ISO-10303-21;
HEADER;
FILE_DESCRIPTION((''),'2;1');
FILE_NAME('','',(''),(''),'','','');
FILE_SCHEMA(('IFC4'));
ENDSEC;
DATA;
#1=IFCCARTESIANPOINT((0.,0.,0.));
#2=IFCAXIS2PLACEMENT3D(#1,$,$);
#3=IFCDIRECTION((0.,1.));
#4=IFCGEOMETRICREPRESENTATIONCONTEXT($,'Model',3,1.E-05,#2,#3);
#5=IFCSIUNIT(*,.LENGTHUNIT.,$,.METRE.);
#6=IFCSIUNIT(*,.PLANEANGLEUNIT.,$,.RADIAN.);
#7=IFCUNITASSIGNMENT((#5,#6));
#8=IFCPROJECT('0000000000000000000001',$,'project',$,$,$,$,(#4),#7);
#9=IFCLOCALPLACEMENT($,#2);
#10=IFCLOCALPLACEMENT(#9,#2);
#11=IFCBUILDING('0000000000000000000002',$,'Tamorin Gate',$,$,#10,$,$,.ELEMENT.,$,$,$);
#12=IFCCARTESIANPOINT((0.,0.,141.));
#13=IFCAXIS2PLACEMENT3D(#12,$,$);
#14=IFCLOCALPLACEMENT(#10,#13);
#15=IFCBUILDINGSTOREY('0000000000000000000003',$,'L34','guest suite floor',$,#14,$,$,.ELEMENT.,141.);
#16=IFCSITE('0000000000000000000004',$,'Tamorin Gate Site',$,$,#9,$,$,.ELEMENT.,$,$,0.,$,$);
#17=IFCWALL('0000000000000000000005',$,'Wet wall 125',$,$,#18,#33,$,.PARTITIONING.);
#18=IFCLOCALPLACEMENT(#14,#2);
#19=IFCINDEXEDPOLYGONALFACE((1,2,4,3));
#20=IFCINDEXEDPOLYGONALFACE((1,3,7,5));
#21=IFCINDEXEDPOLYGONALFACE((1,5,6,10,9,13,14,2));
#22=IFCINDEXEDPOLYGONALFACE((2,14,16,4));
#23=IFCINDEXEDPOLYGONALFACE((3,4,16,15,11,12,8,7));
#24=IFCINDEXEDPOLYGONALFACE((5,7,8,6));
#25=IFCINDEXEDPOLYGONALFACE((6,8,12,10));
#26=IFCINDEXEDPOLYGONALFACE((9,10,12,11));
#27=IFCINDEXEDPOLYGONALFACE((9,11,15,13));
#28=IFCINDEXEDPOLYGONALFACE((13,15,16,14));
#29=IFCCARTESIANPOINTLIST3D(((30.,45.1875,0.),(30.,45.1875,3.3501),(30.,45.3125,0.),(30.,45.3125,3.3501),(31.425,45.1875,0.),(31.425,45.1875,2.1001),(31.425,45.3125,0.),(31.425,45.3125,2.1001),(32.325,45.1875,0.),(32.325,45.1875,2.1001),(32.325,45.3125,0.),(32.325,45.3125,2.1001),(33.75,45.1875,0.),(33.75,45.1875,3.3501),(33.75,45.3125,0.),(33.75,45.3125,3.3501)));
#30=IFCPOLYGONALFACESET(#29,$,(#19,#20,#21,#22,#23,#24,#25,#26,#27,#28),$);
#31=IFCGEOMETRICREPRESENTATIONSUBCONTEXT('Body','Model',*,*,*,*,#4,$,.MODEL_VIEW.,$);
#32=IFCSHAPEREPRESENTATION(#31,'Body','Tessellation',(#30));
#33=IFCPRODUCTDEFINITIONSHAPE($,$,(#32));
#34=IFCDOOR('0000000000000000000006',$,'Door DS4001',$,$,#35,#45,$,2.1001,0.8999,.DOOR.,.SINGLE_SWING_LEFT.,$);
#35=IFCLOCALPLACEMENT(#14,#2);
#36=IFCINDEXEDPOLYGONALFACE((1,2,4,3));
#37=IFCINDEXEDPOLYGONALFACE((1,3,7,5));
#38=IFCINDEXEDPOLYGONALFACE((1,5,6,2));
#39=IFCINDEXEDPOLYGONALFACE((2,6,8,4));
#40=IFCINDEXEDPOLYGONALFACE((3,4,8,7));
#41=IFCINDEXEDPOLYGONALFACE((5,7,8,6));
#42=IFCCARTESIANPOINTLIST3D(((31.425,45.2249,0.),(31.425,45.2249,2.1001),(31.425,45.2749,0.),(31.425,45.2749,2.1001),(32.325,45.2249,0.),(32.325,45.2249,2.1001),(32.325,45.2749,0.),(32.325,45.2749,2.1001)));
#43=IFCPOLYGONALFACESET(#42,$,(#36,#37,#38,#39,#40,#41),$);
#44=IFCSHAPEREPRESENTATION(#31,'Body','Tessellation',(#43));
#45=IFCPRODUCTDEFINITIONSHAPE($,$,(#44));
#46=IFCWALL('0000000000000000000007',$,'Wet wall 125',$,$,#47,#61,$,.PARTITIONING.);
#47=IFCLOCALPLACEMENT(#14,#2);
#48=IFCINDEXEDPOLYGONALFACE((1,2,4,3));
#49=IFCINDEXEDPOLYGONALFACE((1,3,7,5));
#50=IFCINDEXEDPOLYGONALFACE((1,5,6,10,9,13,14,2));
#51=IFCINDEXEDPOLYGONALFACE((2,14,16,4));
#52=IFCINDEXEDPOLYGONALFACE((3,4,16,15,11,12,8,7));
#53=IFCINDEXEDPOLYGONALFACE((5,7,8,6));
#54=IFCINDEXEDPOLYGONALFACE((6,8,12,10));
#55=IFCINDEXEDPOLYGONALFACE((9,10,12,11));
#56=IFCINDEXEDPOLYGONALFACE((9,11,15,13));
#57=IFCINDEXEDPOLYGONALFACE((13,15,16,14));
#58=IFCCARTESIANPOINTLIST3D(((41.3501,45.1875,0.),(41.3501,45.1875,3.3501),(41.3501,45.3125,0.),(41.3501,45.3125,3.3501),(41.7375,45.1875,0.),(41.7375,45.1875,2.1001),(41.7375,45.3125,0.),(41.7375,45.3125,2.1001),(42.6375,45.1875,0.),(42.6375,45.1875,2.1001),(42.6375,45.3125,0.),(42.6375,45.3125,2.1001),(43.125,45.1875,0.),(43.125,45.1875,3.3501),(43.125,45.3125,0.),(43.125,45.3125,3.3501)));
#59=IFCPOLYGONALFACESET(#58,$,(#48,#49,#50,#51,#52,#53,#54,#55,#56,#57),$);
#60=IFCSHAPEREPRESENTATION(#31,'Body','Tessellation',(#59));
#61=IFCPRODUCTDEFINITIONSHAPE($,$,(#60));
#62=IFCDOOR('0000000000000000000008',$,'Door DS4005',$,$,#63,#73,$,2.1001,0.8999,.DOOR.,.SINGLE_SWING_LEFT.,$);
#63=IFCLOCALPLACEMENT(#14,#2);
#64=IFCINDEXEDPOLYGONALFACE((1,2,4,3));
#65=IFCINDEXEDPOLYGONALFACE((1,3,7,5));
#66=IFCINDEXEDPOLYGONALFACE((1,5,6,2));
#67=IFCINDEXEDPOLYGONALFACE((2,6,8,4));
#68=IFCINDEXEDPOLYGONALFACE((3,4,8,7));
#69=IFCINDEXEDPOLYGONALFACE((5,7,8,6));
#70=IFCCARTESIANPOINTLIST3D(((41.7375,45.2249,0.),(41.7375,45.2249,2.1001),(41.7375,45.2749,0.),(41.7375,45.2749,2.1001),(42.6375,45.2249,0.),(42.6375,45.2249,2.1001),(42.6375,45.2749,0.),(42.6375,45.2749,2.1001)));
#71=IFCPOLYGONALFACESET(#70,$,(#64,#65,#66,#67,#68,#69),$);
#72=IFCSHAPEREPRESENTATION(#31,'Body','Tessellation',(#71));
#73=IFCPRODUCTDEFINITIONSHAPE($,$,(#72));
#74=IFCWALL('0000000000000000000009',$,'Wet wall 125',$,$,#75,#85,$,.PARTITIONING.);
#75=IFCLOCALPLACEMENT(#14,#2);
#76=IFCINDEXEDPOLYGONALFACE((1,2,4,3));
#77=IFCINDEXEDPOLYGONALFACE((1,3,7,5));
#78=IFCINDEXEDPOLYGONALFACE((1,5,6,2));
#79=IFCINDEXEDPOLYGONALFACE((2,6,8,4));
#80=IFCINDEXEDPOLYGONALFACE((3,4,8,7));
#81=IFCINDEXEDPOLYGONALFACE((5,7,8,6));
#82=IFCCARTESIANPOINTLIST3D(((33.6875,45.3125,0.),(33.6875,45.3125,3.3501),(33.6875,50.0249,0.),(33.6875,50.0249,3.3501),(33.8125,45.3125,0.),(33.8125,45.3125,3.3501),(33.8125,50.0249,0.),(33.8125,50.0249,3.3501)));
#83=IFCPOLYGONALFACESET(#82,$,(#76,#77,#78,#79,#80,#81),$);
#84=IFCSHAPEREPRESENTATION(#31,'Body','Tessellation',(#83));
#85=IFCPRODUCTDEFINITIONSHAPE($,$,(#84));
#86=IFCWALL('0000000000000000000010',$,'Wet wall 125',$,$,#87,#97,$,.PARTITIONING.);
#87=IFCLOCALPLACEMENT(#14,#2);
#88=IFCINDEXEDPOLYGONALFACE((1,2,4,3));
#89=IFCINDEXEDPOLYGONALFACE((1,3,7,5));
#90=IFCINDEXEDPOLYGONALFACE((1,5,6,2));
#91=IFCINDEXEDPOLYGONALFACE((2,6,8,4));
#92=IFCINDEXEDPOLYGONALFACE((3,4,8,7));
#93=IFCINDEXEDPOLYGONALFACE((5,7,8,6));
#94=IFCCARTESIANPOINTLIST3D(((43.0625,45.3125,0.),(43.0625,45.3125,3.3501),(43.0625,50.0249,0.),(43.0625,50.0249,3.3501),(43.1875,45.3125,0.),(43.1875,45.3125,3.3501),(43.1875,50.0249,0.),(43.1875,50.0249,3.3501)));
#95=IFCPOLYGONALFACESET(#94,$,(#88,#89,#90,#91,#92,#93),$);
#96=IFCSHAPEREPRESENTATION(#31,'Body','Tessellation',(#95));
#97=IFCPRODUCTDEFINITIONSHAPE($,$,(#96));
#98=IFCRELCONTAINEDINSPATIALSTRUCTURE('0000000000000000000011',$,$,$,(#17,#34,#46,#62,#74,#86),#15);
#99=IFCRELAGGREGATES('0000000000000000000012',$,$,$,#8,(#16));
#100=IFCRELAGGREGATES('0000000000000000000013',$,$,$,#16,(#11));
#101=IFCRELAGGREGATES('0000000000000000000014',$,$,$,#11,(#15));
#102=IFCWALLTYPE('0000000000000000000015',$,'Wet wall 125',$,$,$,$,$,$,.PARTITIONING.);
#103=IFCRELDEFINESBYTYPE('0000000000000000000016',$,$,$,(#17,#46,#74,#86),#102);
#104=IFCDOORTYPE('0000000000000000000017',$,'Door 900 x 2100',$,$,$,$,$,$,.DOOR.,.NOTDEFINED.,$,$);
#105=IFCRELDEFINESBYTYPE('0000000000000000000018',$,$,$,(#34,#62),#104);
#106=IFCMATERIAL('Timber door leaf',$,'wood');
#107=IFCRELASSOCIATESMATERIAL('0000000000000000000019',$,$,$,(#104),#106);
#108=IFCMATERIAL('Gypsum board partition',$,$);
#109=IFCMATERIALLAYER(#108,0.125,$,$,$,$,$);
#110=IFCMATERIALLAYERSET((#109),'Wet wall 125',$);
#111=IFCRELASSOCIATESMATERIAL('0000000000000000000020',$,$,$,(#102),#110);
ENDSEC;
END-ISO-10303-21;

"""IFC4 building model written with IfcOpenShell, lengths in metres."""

from ifc_helpers import new_model, si_unit, direction, frame, frame_2d, origin, place, context, subcontext, project, spatial, rectangle, extrude, material, layer, layer_set, type_object, element, fill, save


model = new_model("IFC4")

# Units and contexts
model_context = context("Model", 3, precision=1e-05, world=origin(), true_north=direction((0.0, 1.0)))
body_context = subcontext(model_context, "Body", "Model", "MODEL_VIEW")
ifc_project = project(units=[si_unit("LENGTHUNIT", "METRE"), si_unit("PLANEANGLEUNIT", "RADIAN")], contexts=[model_context])

# Site, building, storey
site_placement = place(None, origin())
site = spatial("IfcSite", under=ifc_project, at=site_placement, Name="Tamorin Gate Site", CompositionType="ELEMENT", RefElevation=0.0)
building_placement = place(site_placement, origin())
building = spatial("IfcBuilding", under=site, at=building_placement, Name="Tamorin Gate", CompositionType="ELEMENT")
storey_placement = place(building_placement, frame((0.0, 0.0, 141.0)))
storey = spatial("IfcBuildingStorey", under=building, at=storey_placement, Name="L34", Description="guest suite floor", CompositionType="ELEMENT", Elevation=141.0)

# Walls, openings, doors
ifc_material_1 = material(Name="Gypsum board partition")
ifc_material_2 = material(Name="Timber door leaf", Category="wood")
door_type = type_object("IfcDoorType", Name="Door 900 x 2100", OperationType="NOTDEFINED", PredefinedType="DOOR", material=ifc_material_2)
ifc_layer_1 = layer(ifc_material_1, 0.125)
ifc_layer_set_1 = layer_set([ifc_layer_1], Name="Wet wall 125")
wall_type_1 = type_object("IfcWallType", Name="Wet wall 125", PredefinedType="PARTITIONING", material=ifc_layer_set_1)
wall_1_placement = place(storey_placement, frame((30.0, 45.25, 0.0), z_axis=(0.0, 0.0, 1.0), x_axis=(1.0, 0.0, 0.0)))
wall_1 = element("IfcWall", 1, at=wall_1_placement, inside=storey, type_object=wall_type_1, Name="Wet wall 125", PredefinedType="PARTITIONING", context=body_context, shape_type="SweptSolid", body=[
    extrude(rectangle(XDim=3.75, YDim=0.125, at=frame_2d((1.875, 0.0))), origin(), (0.0, 0.0, 1.0), 3.3501),
])
opening_1_placement = place(wall_1_placement, frame((1.425, 0.0, 0.0)))
opening_1 = element("IfcOpeningElement", 2, at=opening_1_placement, cuts=wall_1, PredefinedType="OPENING", context=body_context, shape_type="SweptSolid", body=[
    extrude(rectangle(XDim=0.8999, YDim=2.1001, at=frame_2d((0.45, 1.05))), frame((0.0, 0.0725, 0.0), z_axis=(0.0, -1.0, 0.0), x_axis=(1.0, 0.0, 0.0)), (0.0, 0.0, 1.0), 0.145),
])
door_1_placement = place(opening_1_placement, origin())
door_1 = element("IfcDoor", 3, at=door_1_placement, inside=storey, type_object=door_type, Name="Door DS4001", OperationType="SINGLE_SWING_LEFT", OverallHeight=2.1001, OverallWidth=0.8999, PredefinedType="DOOR", context=body_context, shape_type="SweptSolid", body=[
    extrude(rectangle(XDim=0.8999, YDim=2.1001, at=frame_2d((0.45, 1.05))), frame((0.0, 0.0249, 0.0), z_axis=(0.0, -1.0, 0.0), x_axis=(1.0, 0.0, 0.0)), (0.0, 0.0, 1.0), 0.05),
])
fill(opening_1, door_1)
wall_2_placement = place(storey_placement, frame((41.3501, 45.25, 0.0), z_axis=(0.0, 0.0, 1.0), x_axis=(1.0, 0.0, 0.0)))
wall_2 = element("IfcWall", 4, at=wall_2_placement, inside=storey, type_object=wall_type_1, Name="Wet wall 125", PredefinedType="PARTITIONING", context=body_context, shape_type="SweptSolid", body=[
    extrude(rectangle(XDim=1.7749, YDim=0.125, at=frame_2d((0.8875, 0.0))), origin(), (0.0, 0.0, 1.0), 3.3501),
])
opening_2_placement = place(wall_2_placement, frame((0.3875, 0.0, 0.0)))
opening_2 = element("IfcOpeningElement", 5, at=opening_2_placement, cuts=wall_2, PredefinedType="OPENING", context=body_context, shape_type="SweptSolid", body=[
    extrude(rectangle(XDim=0.8999, YDim=2.1001, at=frame_2d((0.45, 1.05))), frame((0.0, 0.0725, 0.0), z_axis=(0.0, -1.0, 0.0), x_axis=(1.0, 0.0, 0.0)), (0.0, 0.0, 1.0), 0.145),
])
door_2_placement = place(opening_2_placement, origin())
door_2 = element("IfcDoor", 6, at=door_2_placement, inside=storey, type_object=door_type, Name="Door DS4005", OperationType="SINGLE_SWING_LEFT", OverallHeight=2.1001, OverallWidth=0.8999, PredefinedType="DOOR", context=body_context, shape_type="SweptSolid", body=[
    extrude(rectangle(XDim=0.8999, YDim=2.1001, at=frame_2d((0.45, 1.05))), frame((0.0, 0.0249, 0.0), z_axis=(0.0, -1.0, 0.0), x_axis=(1.0, 0.0, 0.0)), (0.0, 0.0, 1.0), 0.05),
])
fill(opening_2, door_2)

# Walls
for number, where, z_axis, x_axis, name in (
    (7, (33.75, 45.3125, 0.0), (0.0, 0.0, 1.0), (0.0, 1.0, 0.0), "Wet wall 125"),
    (8, (43.125, 45.3125, 0.0), (0.0, 0.0, 1.0), (0.0, 1.0, 0.0), "Wet wall 125"),
):
    element("IfcWall", number, at=place(storey_placement, frame(where, z_axis=z_axis, x_axis=x_axis)), inside=storey, type_object=wall_type_1, Name=name, PredefinedType="PARTITIONING", context=body_context, shape_type="SweptSolid", body=[
        extrude(rectangle(XDim=4.7124, YDim=0.125, at=frame_2d((2.3562, 0.0))), origin(), (0.0, 0.0, 1.0), 3.3501),
    ])

save(model, "model.ifc")
